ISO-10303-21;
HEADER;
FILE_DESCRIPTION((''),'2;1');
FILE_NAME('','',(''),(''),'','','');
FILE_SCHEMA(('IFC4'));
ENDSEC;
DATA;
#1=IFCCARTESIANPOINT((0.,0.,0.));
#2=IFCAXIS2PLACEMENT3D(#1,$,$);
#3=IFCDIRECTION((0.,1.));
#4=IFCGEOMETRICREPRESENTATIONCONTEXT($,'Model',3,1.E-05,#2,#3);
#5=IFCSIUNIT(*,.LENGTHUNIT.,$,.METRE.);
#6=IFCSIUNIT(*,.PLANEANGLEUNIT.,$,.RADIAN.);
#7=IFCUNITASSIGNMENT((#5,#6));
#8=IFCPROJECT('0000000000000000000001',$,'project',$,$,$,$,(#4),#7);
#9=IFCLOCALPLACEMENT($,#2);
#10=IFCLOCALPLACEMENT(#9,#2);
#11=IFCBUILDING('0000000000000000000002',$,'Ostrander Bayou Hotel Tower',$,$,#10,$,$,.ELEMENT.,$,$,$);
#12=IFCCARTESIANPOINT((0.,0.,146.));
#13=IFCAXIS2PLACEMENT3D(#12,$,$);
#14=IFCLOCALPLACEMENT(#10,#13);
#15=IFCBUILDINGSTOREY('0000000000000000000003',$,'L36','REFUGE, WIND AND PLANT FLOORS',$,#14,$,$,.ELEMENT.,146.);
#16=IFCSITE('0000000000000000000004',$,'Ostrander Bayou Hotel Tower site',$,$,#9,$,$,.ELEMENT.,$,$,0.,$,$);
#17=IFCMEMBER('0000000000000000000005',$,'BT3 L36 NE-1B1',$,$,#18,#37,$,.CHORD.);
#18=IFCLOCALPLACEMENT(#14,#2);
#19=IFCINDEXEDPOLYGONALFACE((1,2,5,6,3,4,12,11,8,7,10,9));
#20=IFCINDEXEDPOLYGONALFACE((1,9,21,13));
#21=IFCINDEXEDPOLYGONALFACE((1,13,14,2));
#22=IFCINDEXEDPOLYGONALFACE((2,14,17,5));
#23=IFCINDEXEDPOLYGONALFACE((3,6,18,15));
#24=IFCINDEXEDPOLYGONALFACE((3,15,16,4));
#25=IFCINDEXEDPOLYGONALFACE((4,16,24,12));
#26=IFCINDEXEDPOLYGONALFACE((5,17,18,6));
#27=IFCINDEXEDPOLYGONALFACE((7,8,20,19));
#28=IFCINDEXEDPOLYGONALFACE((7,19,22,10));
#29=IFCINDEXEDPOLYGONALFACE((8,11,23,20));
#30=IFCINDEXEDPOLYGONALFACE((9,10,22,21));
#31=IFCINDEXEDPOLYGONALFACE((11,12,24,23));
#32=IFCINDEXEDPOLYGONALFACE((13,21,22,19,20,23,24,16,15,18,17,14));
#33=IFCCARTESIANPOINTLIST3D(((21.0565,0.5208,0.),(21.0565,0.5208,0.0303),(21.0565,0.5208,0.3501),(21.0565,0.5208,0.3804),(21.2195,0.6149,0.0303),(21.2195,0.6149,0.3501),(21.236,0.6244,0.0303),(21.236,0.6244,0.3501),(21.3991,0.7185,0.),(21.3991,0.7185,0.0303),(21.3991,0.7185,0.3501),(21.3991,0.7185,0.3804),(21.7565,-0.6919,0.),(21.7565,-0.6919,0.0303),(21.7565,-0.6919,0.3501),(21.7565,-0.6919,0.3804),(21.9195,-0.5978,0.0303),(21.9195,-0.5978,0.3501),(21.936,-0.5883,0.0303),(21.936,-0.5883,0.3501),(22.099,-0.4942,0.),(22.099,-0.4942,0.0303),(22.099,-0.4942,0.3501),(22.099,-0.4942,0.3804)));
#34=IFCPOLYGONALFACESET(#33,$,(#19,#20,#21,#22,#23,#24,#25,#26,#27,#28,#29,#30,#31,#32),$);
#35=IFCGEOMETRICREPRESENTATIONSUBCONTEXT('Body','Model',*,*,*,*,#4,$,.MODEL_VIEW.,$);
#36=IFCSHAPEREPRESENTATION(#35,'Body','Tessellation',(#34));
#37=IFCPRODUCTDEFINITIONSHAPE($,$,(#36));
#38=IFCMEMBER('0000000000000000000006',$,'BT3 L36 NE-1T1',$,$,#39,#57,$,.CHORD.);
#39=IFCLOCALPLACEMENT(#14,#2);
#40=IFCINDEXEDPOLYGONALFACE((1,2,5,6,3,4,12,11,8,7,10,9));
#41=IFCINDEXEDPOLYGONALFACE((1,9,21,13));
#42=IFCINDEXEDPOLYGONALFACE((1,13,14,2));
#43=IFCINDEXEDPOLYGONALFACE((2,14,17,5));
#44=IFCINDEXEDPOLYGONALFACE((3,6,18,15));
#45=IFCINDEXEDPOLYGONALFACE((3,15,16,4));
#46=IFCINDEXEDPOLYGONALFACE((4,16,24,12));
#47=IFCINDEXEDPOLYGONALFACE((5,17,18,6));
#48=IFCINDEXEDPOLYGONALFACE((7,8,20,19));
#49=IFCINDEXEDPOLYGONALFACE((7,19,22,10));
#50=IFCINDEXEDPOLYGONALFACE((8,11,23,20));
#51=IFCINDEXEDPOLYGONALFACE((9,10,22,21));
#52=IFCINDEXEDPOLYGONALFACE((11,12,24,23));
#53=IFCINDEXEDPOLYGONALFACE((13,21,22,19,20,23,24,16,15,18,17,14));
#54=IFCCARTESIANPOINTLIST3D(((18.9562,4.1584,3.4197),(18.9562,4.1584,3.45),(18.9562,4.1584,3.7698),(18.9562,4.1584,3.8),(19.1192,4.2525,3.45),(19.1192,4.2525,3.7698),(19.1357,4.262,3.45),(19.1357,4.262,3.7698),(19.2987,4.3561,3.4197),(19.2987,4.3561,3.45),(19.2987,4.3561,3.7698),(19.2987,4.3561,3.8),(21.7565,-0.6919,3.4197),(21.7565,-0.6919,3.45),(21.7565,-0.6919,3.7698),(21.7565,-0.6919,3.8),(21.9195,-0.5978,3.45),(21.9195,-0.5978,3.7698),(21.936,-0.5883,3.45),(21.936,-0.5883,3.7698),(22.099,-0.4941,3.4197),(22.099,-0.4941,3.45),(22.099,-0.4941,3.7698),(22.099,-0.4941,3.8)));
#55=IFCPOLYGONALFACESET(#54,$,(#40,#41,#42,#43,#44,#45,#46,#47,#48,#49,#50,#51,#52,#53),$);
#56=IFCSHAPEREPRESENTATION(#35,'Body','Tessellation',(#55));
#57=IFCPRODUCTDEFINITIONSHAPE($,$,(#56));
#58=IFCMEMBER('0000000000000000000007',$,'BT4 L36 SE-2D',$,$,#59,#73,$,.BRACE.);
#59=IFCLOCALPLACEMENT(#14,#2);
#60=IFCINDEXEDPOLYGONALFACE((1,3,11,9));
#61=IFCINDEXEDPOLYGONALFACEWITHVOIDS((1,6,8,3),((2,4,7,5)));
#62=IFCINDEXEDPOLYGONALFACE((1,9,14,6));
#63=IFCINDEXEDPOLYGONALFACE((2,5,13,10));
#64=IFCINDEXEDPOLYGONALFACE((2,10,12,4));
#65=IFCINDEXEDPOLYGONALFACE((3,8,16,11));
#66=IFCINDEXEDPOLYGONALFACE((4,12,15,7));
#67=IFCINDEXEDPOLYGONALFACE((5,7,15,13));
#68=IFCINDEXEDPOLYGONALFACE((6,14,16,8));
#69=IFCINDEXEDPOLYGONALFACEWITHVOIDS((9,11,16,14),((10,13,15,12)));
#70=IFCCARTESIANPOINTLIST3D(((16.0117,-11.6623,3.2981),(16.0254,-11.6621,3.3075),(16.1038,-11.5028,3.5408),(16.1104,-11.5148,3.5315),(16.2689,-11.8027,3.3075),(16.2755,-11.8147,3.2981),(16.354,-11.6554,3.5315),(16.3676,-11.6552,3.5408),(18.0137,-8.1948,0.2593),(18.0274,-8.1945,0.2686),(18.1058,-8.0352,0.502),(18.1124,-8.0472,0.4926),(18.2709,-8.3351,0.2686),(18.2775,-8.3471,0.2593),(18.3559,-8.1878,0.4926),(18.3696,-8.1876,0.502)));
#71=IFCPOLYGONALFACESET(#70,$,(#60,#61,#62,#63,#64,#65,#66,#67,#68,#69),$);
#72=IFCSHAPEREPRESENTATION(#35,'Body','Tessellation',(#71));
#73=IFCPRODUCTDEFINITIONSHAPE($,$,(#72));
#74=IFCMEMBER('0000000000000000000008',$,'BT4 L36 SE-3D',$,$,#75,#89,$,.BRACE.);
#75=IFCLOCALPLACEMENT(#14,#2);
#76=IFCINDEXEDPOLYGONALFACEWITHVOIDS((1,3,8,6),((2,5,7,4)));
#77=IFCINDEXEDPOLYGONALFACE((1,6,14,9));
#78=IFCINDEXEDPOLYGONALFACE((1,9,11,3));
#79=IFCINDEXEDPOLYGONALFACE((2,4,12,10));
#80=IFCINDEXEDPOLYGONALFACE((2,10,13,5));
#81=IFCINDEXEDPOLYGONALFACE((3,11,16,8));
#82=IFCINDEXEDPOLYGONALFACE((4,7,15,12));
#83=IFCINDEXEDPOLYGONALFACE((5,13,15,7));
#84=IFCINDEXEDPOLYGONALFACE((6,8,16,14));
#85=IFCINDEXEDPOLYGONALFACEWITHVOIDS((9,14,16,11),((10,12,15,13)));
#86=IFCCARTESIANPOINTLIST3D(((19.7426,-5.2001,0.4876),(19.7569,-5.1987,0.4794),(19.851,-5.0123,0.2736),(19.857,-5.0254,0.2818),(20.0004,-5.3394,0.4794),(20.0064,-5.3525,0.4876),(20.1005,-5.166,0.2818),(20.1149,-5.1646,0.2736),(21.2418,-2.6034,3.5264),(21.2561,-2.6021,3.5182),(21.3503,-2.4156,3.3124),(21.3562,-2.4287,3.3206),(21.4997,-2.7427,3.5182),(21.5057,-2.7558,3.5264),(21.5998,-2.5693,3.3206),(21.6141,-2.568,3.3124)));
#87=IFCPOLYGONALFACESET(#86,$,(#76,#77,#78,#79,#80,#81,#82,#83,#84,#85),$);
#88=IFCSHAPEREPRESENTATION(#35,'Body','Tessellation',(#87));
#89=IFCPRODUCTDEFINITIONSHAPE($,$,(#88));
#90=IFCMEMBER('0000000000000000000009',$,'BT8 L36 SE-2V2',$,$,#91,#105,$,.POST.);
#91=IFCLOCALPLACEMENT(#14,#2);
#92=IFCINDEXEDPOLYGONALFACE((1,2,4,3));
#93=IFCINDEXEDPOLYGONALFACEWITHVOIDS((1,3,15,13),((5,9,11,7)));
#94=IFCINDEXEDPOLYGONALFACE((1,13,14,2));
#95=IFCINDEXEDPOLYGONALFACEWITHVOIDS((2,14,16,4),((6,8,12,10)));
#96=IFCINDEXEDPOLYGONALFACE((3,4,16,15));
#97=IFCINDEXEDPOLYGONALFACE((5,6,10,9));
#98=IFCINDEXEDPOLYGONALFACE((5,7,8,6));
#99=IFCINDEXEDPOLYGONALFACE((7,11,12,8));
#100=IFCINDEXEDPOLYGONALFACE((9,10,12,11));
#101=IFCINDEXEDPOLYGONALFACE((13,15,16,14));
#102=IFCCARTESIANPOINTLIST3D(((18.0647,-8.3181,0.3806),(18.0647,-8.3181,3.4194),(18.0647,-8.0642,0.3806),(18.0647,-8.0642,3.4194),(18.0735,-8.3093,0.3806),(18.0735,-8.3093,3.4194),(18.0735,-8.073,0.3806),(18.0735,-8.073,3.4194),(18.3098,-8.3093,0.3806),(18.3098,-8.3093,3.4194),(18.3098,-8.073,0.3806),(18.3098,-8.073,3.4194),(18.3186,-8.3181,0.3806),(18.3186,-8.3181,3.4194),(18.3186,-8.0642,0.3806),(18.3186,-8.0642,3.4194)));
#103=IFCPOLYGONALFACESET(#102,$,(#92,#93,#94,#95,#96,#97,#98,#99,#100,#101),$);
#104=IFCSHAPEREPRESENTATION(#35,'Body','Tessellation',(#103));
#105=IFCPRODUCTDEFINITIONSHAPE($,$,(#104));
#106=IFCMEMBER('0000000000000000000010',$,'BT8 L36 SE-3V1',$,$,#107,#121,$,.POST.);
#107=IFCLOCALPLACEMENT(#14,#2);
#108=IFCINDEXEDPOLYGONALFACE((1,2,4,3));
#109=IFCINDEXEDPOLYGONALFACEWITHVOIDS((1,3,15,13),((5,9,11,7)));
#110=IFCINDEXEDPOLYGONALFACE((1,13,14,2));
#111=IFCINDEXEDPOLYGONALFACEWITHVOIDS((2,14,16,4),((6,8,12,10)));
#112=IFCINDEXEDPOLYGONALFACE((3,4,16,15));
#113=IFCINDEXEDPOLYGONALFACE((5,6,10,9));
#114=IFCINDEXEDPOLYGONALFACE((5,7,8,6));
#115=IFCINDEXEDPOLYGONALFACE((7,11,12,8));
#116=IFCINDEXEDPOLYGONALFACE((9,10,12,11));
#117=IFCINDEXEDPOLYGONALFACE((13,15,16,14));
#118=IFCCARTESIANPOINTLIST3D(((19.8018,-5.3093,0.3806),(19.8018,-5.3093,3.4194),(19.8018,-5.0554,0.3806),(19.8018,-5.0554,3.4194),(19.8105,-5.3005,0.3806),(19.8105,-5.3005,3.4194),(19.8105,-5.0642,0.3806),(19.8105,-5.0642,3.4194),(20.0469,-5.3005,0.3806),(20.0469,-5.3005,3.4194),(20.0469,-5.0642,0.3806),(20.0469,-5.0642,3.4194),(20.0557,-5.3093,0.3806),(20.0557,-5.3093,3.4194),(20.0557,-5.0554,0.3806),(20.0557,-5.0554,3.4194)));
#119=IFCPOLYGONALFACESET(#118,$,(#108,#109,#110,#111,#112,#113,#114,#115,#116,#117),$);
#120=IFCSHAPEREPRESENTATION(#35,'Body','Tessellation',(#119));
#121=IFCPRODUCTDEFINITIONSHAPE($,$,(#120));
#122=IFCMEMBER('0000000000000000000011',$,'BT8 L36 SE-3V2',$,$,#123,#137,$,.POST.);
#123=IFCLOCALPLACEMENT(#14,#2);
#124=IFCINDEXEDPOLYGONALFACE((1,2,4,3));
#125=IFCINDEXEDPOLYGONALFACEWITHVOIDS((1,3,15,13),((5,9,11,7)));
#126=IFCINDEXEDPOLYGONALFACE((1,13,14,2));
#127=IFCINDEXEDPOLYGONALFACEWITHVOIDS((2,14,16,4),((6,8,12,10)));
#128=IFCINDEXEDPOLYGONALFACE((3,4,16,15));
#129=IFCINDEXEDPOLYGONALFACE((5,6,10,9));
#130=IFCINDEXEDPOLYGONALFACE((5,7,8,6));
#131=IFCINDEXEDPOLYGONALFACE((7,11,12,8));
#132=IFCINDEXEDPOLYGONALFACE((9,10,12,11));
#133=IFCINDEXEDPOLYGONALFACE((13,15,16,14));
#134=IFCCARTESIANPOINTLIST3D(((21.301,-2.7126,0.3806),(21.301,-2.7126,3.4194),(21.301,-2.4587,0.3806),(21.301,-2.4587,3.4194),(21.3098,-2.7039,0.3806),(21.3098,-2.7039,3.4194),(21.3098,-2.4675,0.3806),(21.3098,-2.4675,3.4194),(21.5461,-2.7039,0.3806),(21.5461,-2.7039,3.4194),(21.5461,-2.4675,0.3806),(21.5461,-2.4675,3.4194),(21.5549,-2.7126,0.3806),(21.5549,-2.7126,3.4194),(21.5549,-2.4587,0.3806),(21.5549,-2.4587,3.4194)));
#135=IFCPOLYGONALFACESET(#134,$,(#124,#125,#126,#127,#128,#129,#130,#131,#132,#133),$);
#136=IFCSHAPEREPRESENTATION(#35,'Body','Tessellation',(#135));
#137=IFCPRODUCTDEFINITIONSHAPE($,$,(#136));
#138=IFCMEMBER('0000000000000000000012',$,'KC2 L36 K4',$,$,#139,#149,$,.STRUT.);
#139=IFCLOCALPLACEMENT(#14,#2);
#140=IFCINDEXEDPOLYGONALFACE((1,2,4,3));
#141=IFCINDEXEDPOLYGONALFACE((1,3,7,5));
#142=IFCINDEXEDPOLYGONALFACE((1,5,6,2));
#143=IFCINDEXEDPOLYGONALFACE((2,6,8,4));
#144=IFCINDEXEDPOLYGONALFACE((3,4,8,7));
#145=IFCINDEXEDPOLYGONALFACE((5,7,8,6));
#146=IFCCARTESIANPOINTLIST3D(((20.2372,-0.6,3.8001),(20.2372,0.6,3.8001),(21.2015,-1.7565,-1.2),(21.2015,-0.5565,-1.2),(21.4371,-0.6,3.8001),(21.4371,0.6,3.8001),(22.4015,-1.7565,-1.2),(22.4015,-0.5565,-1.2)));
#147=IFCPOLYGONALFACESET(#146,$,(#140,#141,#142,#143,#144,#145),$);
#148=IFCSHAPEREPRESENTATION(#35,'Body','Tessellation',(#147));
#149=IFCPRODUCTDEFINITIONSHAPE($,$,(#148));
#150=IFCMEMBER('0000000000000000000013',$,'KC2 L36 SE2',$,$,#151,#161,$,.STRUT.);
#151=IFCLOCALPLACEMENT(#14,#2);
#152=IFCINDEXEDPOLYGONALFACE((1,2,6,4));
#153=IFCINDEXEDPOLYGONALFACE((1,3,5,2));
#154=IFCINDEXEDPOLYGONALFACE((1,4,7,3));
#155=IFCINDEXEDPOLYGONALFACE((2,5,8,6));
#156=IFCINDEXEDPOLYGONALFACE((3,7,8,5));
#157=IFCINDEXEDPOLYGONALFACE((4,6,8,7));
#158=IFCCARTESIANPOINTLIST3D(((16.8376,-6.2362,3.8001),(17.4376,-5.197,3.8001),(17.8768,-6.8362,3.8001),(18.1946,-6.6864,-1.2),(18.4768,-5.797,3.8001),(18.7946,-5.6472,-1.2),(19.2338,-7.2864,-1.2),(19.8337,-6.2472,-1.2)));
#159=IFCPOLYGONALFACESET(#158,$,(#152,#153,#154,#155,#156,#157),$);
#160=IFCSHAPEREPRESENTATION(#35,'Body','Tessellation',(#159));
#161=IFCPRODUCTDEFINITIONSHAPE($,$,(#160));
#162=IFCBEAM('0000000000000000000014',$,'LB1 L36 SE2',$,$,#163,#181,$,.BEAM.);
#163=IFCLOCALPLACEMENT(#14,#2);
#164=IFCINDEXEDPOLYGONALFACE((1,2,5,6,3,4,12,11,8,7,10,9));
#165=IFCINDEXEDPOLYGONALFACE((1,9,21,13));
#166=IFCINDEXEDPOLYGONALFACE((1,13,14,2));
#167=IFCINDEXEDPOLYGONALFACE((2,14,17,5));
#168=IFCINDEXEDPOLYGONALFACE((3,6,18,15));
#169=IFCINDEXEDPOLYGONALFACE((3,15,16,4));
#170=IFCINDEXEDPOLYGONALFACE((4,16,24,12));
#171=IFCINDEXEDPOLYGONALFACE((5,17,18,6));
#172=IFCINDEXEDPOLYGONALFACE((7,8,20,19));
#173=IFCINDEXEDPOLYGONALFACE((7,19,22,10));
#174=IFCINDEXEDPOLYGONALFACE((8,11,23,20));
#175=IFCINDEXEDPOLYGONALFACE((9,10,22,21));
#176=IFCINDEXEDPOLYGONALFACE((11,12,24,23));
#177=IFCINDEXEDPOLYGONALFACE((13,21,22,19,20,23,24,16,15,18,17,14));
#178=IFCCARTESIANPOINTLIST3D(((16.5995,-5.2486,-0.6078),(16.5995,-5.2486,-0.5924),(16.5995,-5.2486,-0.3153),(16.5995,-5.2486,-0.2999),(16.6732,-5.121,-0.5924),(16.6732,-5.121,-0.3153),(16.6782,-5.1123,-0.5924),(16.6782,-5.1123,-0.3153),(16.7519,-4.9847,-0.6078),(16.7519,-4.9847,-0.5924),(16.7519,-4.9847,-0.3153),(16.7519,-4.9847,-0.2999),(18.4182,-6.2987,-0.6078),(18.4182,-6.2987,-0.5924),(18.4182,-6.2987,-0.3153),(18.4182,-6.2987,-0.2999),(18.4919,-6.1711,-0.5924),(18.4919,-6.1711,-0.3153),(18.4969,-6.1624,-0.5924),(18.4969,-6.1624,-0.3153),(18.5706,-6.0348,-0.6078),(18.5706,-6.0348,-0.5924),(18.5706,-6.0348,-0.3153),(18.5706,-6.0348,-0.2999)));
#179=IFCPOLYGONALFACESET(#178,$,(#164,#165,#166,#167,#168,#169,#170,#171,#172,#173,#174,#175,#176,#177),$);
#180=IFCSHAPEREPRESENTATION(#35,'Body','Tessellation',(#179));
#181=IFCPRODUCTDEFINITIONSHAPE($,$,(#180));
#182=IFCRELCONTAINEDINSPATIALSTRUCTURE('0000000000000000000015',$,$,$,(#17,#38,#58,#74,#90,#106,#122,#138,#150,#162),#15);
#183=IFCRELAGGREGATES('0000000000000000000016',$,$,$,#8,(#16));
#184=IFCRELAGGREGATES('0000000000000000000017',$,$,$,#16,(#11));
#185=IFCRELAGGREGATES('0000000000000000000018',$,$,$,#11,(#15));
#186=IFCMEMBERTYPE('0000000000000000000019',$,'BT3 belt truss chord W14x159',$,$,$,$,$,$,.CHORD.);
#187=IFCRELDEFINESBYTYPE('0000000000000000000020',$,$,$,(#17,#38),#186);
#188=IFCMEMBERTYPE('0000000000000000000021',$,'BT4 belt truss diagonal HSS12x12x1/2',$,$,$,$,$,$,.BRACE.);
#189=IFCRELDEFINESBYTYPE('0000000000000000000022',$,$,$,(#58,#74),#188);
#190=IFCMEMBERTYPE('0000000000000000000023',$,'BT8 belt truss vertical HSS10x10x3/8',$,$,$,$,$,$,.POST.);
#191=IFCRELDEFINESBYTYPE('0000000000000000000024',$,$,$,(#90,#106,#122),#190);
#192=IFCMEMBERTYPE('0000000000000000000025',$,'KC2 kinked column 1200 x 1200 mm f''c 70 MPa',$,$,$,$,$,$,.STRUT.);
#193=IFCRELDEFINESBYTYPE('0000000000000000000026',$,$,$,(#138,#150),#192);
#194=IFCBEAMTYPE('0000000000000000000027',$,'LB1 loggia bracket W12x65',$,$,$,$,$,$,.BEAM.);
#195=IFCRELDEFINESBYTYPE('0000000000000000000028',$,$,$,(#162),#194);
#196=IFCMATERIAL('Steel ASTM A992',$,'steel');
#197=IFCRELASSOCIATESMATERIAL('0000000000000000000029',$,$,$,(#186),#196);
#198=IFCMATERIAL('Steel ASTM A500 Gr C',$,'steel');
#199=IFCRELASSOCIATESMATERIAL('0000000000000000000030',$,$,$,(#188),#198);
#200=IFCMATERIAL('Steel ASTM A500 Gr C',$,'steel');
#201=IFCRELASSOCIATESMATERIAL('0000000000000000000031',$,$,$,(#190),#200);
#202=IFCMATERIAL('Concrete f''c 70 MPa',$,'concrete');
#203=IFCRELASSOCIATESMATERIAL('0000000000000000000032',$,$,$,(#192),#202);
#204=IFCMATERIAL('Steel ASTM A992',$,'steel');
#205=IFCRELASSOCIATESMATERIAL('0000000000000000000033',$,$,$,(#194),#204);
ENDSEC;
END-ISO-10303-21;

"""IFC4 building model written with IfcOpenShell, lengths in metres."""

from ifc_helpers import new_model, si_unit, direction, frame, origin, origin_2d, place, context, subcontext, project, spatial, rectangle, hollow_rectangle, i_section, extrude, material, material_profile, profile_set, type_object, element, save


model = new_model("IFC4")

# Units and contexts
model_context = context("Model", 3, precision=1e-05, world=origin(), true_north=direction((0.0, 1.0)))
body_context = subcontext(model_context, "Body", "Model", "MODEL_VIEW")
ifc_project = project(units=[si_unit("LENGTHUNIT", "METRE"), si_unit("PLANEANGLEUNIT", "RADIAN")], contexts=[model_context])

# Site, building, storey
site_placement = place(None, origin())
site = spatial("IfcSite", under=ifc_project, at=site_placement, Name="Ostrander Bayou Hotel Tower site", CompositionType="ELEMENT", RefElevation=0.0)
building_placement = place(site_placement, origin())
building = spatial("IfcBuilding", under=site, at=building_placement, Name="Ostrander Bayou Hotel Tower", CompositionType="ELEMENT")
storey_placement = place(building_placement, frame((0.0, 0.0, 146.0)))
storey = spatial("IfcBuildingStorey", under=building, at=storey_placement, Name="L36", Description="REFUGE, WIND AND PLANT FLOORS", CompositionType="ELEMENT", Elevation=146.0)

# Members
ifc_material_1 = material(Name="Steel ASTM A992", Category="steel")
ifc_material_profile_1 = material_profile(ifc_material_1, i_section(OverallWidth=0.3955, OverallDepth=0.3804, WebThickness=0.019, FlangeThickness=0.0303, at=origin_2d()))
ifc_profile_set_1 = profile_set([ifc_material_profile_1], Name="Steel ASTM A992")
member_type_1 = type_object("IfcMemberType", Name="BT3 belt truss chord W14x159", PredefinedType="CHORD", material=ifc_profile_set_1)
member_1_placement = place(storey_placement, frame((21.9277, -0.593, 0.1902), z_axis=(-0.499909, 0.866078, 0.0), x_axis=(-0.866078, -0.499909, 0.0)))
element("IfcMember", 1, at=member_1_placement, inside=storey, type_object=member_type_1, Name="BT3 L36 NE-1B1", PredefinedType="CHORD", context=body_context, shape_type="SweptSolid", body=[
    extrude(i_section(OverallWidth=0.3955, OverallDepth=0.3804, WebThickness=0.019, FlangeThickness=0.0303, at=origin_2d()), origin(), (0.0, 0.0, 1.0), 1.4001),
])
member_2_placement = place(storey_placement, frame((21.9277, -0.593, 3.6099), z_axis=(-0.499993, 0.86603, 0.0), x_axis=(-0.86603, -0.499993, 0.0)))
element("IfcMember", 2, at=member_2_placement, inside=storey, type_object=member_type_1, Name="BT3 L36 NE-1T1", PredefinedType="CHORD", context=body_context, shape_type="SweptSolid", body=[
    extrude(i_section(OverallWidth=0.3955, OverallDepth=0.3804, WebThickness=0.019, FlangeThickness=0.0303, at=origin_2d()), origin(), (0.0, 0.0, 1.0), 5.6006),
])
ifc_material_2 = material(Name="Steel ASTM A500 Gr C", Category="steel")
ifc_material_profile_2 = material_profile(ifc_material_2, hollow_rectangle(XDim=0.3047, YDim=0.3047, WallThickness=0.0117, at=origin_2d()))
ifc_profile_set_2 = profile_set([ifc_material_profile_2], Name="Steel ASTM A500 Gr C")
member_type_2 = type_object("IfcMemberType", Name="BT4 belt truss diagonal HSS12x12x1/2", PredefinedType="BRACE", material=ifc_profile_set_2)
member_3_placement = place(storey_placement, frame((18.1917, -8.1912, 0.3806), z_axis=(-0.398277, -0.689846, 0.604556), x_axis=(0.866028, -0.499995, 0.0)))
element("IfcMember", 3, at=member_3_placement, inside=storey, type_object=member_type_2, Name="BT4 L36 SE-2D", PredefinedType="BRACE", context=body_context, shape_type="SweptSolid", body=[
    extrude(hollow_rectangle(XDim=0.3047, YDim=0.3047, WallThickness=0.0117, at=origin_2d()), origin(), (0.0, 0.0, 1.0), 5.0266),
])
member_4_placement = place(storey_placement, frame((19.9287, -5.1824, 0.3806), z_axis=(0.351193, 0.608254, 0.711822), x_axis=(-0.866015, 0.500018, 0.0)))
element("IfcMember", 4, at=member_4_placement, inside=storey, type_object=member_type_2, Name="BT4 L36 SE-3D", PredefinedType="BRACE", context=body_context, shape_type="SweptSolid", body=[
    extrude(hollow_rectangle(XDim=0.3047, YDim=0.3047, WallThickness=0.0117, at=origin_2d()), origin(), (0.0, 0.0, 1.0), 4.269),
])
ifc_material_3 = material(Name="Steel ASTM A500 Gr C", Category="steel")
ifc_material_profile_3 = material_profile(ifc_material_3, hollow_rectangle(XDim=0.2539, YDim=0.2539, WallThickness=0.0088, at=origin_2d()))
ifc_profile_set_3 = profile_set([ifc_material_profile_3], Name="Steel ASTM A500 Gr C")
member_type_3 = type_object("IfcMemberType", Name="BT8 belt truss vertical HSS10x10x3/8", PredefinedType="POST", material=ifc_profile_set_3)
for number, where, z_axis, x_axis, name in (
    (5, (18.1917, -8.1912, 0.3806), (0.0, 0.0, 1.0), (1.0, 0.0, 0.0), "BT8 L36 SE-2V2"),
    (6, (19.9287, -5.1824, 0.3806), (0.0, 0.0, 1.0), (1.0, 0.0, 0.0), "BT8 L36 SE-3V1"),
    (7, (21.428, -2.5857, 0.3806), (0.0, 0.0, 1.0), (1.0, 0.0, 0.0), "BT8 L36 SE-3V2"),
):
    element("IfcMember", number, at=place(storey_placement, frame(where, z_axis=z_axis, x_axis=x_axis)), inside=storey, type_object=member_type_3, Name=name, PredefinedType="POST", context=body_context, shape_type="SweptSolid", body=[
        extrude(hollow_rectangle(XDim=0.2539, YDim=0.2539, WallThickness=0.0088, at=origin_2d()), origin(), (0.0, 0.0, 1.0), 3.0388),
    ])
ifc_material_4 = material(Name="Concrete f'c 70 MPa", Category="concrete")
ifc_material_profile_4 = material_profile(ifc_material_4, rectangle(XDim=1.2, YDim=1.2, at=origin_2d()))
ifc_profile_set_4 = profile_set([ifc_material_profile_4], Name="Concrete f'c 70 MPa")
member_type_4 = type_object("IfcMemberType", Name="KC2 kinked column 1200 x 1200 mm f'c 70 MPa", PredefinedType="STRUT", material=ifc_profile_set_4)
member_5_placement = place(storey_placement, frame((21.8015, -1.1565, -1.2), z_axis=(0.0, 0.0, 1.0), x_axis=(1.0, 0.0, 0.0)))
element("IfcMember", 8, at=member_5_placement, inside=storey, type_object=member_type_4, Name="KC2 L36 K4", PredefinedType="STRUT", context=body_context, shape_type="SweptSolid", body=[
    extrude(rectangle(XDim=1.2, YDim=1.2, at=origin_2d()), origin(), (-0.184678, 0.221473, 0.95752), 5.2219),
])
member_6_placement = place(storey_placement, frame((19.0142, -6.4668, -1.2), z_axis=(0.0, 0.0, 1.0), x_axis=(-0.5, -0.866025, 0.0)))
element("IfcMember", 9, at=member_6_placement, inside=storey, type_object=member_type_4, Name="KC2 L36 SE2", PredefinedType="STRUT", context=body_context, shape_type="SweptSolid", body=[
    extrude(rectangle(XDim=1.2, YDim=1.2, at=origin_2d()), origin(), (0.055493, -0.269257, 0.961468), 5.2004),
])

# Beam
ifc_material_5 = material(Name="Steel ASTM A992", Category="steel")
ifc_material_profile_5 = material_profile(ifc_material_5, i_section(OverallWidth=0.3047, OverallDepth=0.3079, WebThickness=0.01, FlangeThickness=0.0154, at=origin_2d()))
ifc_profile_set_5 = profile_set([ifc_material_profile_5], Name="Steel ASTM A992")
beam_type_1 = type_object("IfcBeamType", Name="LB1 loggia bracket W12x65", PredefinedType="BEAM", material=ifc_profile_set_5)
beam_1_placement = place(storey_placement, frame((18.4944, -6.1667, -0.4539), z_axis=(-0.866009, 0.500028, 0.0), x_axis=(-0.500028, -0.866009, 0.0)))
element("IfcBeam", 10, at=beam_1_placement, inside=storey, type_object=beam_type_1, Name="LB1 L36 SE2", PredefinedType="BEAM", context=body_context, shape_type="SweptSolid", body=[
    extrude(i_section(OverallWidth=0.3047, OverallDepth=0.3079, WebThickness=0.01, FlangeThickness=0.0154, at=origin_2d()), origin(), (0.0, 0.0, 1.0), 2.1001),
])

save(model, "model.ifc")
